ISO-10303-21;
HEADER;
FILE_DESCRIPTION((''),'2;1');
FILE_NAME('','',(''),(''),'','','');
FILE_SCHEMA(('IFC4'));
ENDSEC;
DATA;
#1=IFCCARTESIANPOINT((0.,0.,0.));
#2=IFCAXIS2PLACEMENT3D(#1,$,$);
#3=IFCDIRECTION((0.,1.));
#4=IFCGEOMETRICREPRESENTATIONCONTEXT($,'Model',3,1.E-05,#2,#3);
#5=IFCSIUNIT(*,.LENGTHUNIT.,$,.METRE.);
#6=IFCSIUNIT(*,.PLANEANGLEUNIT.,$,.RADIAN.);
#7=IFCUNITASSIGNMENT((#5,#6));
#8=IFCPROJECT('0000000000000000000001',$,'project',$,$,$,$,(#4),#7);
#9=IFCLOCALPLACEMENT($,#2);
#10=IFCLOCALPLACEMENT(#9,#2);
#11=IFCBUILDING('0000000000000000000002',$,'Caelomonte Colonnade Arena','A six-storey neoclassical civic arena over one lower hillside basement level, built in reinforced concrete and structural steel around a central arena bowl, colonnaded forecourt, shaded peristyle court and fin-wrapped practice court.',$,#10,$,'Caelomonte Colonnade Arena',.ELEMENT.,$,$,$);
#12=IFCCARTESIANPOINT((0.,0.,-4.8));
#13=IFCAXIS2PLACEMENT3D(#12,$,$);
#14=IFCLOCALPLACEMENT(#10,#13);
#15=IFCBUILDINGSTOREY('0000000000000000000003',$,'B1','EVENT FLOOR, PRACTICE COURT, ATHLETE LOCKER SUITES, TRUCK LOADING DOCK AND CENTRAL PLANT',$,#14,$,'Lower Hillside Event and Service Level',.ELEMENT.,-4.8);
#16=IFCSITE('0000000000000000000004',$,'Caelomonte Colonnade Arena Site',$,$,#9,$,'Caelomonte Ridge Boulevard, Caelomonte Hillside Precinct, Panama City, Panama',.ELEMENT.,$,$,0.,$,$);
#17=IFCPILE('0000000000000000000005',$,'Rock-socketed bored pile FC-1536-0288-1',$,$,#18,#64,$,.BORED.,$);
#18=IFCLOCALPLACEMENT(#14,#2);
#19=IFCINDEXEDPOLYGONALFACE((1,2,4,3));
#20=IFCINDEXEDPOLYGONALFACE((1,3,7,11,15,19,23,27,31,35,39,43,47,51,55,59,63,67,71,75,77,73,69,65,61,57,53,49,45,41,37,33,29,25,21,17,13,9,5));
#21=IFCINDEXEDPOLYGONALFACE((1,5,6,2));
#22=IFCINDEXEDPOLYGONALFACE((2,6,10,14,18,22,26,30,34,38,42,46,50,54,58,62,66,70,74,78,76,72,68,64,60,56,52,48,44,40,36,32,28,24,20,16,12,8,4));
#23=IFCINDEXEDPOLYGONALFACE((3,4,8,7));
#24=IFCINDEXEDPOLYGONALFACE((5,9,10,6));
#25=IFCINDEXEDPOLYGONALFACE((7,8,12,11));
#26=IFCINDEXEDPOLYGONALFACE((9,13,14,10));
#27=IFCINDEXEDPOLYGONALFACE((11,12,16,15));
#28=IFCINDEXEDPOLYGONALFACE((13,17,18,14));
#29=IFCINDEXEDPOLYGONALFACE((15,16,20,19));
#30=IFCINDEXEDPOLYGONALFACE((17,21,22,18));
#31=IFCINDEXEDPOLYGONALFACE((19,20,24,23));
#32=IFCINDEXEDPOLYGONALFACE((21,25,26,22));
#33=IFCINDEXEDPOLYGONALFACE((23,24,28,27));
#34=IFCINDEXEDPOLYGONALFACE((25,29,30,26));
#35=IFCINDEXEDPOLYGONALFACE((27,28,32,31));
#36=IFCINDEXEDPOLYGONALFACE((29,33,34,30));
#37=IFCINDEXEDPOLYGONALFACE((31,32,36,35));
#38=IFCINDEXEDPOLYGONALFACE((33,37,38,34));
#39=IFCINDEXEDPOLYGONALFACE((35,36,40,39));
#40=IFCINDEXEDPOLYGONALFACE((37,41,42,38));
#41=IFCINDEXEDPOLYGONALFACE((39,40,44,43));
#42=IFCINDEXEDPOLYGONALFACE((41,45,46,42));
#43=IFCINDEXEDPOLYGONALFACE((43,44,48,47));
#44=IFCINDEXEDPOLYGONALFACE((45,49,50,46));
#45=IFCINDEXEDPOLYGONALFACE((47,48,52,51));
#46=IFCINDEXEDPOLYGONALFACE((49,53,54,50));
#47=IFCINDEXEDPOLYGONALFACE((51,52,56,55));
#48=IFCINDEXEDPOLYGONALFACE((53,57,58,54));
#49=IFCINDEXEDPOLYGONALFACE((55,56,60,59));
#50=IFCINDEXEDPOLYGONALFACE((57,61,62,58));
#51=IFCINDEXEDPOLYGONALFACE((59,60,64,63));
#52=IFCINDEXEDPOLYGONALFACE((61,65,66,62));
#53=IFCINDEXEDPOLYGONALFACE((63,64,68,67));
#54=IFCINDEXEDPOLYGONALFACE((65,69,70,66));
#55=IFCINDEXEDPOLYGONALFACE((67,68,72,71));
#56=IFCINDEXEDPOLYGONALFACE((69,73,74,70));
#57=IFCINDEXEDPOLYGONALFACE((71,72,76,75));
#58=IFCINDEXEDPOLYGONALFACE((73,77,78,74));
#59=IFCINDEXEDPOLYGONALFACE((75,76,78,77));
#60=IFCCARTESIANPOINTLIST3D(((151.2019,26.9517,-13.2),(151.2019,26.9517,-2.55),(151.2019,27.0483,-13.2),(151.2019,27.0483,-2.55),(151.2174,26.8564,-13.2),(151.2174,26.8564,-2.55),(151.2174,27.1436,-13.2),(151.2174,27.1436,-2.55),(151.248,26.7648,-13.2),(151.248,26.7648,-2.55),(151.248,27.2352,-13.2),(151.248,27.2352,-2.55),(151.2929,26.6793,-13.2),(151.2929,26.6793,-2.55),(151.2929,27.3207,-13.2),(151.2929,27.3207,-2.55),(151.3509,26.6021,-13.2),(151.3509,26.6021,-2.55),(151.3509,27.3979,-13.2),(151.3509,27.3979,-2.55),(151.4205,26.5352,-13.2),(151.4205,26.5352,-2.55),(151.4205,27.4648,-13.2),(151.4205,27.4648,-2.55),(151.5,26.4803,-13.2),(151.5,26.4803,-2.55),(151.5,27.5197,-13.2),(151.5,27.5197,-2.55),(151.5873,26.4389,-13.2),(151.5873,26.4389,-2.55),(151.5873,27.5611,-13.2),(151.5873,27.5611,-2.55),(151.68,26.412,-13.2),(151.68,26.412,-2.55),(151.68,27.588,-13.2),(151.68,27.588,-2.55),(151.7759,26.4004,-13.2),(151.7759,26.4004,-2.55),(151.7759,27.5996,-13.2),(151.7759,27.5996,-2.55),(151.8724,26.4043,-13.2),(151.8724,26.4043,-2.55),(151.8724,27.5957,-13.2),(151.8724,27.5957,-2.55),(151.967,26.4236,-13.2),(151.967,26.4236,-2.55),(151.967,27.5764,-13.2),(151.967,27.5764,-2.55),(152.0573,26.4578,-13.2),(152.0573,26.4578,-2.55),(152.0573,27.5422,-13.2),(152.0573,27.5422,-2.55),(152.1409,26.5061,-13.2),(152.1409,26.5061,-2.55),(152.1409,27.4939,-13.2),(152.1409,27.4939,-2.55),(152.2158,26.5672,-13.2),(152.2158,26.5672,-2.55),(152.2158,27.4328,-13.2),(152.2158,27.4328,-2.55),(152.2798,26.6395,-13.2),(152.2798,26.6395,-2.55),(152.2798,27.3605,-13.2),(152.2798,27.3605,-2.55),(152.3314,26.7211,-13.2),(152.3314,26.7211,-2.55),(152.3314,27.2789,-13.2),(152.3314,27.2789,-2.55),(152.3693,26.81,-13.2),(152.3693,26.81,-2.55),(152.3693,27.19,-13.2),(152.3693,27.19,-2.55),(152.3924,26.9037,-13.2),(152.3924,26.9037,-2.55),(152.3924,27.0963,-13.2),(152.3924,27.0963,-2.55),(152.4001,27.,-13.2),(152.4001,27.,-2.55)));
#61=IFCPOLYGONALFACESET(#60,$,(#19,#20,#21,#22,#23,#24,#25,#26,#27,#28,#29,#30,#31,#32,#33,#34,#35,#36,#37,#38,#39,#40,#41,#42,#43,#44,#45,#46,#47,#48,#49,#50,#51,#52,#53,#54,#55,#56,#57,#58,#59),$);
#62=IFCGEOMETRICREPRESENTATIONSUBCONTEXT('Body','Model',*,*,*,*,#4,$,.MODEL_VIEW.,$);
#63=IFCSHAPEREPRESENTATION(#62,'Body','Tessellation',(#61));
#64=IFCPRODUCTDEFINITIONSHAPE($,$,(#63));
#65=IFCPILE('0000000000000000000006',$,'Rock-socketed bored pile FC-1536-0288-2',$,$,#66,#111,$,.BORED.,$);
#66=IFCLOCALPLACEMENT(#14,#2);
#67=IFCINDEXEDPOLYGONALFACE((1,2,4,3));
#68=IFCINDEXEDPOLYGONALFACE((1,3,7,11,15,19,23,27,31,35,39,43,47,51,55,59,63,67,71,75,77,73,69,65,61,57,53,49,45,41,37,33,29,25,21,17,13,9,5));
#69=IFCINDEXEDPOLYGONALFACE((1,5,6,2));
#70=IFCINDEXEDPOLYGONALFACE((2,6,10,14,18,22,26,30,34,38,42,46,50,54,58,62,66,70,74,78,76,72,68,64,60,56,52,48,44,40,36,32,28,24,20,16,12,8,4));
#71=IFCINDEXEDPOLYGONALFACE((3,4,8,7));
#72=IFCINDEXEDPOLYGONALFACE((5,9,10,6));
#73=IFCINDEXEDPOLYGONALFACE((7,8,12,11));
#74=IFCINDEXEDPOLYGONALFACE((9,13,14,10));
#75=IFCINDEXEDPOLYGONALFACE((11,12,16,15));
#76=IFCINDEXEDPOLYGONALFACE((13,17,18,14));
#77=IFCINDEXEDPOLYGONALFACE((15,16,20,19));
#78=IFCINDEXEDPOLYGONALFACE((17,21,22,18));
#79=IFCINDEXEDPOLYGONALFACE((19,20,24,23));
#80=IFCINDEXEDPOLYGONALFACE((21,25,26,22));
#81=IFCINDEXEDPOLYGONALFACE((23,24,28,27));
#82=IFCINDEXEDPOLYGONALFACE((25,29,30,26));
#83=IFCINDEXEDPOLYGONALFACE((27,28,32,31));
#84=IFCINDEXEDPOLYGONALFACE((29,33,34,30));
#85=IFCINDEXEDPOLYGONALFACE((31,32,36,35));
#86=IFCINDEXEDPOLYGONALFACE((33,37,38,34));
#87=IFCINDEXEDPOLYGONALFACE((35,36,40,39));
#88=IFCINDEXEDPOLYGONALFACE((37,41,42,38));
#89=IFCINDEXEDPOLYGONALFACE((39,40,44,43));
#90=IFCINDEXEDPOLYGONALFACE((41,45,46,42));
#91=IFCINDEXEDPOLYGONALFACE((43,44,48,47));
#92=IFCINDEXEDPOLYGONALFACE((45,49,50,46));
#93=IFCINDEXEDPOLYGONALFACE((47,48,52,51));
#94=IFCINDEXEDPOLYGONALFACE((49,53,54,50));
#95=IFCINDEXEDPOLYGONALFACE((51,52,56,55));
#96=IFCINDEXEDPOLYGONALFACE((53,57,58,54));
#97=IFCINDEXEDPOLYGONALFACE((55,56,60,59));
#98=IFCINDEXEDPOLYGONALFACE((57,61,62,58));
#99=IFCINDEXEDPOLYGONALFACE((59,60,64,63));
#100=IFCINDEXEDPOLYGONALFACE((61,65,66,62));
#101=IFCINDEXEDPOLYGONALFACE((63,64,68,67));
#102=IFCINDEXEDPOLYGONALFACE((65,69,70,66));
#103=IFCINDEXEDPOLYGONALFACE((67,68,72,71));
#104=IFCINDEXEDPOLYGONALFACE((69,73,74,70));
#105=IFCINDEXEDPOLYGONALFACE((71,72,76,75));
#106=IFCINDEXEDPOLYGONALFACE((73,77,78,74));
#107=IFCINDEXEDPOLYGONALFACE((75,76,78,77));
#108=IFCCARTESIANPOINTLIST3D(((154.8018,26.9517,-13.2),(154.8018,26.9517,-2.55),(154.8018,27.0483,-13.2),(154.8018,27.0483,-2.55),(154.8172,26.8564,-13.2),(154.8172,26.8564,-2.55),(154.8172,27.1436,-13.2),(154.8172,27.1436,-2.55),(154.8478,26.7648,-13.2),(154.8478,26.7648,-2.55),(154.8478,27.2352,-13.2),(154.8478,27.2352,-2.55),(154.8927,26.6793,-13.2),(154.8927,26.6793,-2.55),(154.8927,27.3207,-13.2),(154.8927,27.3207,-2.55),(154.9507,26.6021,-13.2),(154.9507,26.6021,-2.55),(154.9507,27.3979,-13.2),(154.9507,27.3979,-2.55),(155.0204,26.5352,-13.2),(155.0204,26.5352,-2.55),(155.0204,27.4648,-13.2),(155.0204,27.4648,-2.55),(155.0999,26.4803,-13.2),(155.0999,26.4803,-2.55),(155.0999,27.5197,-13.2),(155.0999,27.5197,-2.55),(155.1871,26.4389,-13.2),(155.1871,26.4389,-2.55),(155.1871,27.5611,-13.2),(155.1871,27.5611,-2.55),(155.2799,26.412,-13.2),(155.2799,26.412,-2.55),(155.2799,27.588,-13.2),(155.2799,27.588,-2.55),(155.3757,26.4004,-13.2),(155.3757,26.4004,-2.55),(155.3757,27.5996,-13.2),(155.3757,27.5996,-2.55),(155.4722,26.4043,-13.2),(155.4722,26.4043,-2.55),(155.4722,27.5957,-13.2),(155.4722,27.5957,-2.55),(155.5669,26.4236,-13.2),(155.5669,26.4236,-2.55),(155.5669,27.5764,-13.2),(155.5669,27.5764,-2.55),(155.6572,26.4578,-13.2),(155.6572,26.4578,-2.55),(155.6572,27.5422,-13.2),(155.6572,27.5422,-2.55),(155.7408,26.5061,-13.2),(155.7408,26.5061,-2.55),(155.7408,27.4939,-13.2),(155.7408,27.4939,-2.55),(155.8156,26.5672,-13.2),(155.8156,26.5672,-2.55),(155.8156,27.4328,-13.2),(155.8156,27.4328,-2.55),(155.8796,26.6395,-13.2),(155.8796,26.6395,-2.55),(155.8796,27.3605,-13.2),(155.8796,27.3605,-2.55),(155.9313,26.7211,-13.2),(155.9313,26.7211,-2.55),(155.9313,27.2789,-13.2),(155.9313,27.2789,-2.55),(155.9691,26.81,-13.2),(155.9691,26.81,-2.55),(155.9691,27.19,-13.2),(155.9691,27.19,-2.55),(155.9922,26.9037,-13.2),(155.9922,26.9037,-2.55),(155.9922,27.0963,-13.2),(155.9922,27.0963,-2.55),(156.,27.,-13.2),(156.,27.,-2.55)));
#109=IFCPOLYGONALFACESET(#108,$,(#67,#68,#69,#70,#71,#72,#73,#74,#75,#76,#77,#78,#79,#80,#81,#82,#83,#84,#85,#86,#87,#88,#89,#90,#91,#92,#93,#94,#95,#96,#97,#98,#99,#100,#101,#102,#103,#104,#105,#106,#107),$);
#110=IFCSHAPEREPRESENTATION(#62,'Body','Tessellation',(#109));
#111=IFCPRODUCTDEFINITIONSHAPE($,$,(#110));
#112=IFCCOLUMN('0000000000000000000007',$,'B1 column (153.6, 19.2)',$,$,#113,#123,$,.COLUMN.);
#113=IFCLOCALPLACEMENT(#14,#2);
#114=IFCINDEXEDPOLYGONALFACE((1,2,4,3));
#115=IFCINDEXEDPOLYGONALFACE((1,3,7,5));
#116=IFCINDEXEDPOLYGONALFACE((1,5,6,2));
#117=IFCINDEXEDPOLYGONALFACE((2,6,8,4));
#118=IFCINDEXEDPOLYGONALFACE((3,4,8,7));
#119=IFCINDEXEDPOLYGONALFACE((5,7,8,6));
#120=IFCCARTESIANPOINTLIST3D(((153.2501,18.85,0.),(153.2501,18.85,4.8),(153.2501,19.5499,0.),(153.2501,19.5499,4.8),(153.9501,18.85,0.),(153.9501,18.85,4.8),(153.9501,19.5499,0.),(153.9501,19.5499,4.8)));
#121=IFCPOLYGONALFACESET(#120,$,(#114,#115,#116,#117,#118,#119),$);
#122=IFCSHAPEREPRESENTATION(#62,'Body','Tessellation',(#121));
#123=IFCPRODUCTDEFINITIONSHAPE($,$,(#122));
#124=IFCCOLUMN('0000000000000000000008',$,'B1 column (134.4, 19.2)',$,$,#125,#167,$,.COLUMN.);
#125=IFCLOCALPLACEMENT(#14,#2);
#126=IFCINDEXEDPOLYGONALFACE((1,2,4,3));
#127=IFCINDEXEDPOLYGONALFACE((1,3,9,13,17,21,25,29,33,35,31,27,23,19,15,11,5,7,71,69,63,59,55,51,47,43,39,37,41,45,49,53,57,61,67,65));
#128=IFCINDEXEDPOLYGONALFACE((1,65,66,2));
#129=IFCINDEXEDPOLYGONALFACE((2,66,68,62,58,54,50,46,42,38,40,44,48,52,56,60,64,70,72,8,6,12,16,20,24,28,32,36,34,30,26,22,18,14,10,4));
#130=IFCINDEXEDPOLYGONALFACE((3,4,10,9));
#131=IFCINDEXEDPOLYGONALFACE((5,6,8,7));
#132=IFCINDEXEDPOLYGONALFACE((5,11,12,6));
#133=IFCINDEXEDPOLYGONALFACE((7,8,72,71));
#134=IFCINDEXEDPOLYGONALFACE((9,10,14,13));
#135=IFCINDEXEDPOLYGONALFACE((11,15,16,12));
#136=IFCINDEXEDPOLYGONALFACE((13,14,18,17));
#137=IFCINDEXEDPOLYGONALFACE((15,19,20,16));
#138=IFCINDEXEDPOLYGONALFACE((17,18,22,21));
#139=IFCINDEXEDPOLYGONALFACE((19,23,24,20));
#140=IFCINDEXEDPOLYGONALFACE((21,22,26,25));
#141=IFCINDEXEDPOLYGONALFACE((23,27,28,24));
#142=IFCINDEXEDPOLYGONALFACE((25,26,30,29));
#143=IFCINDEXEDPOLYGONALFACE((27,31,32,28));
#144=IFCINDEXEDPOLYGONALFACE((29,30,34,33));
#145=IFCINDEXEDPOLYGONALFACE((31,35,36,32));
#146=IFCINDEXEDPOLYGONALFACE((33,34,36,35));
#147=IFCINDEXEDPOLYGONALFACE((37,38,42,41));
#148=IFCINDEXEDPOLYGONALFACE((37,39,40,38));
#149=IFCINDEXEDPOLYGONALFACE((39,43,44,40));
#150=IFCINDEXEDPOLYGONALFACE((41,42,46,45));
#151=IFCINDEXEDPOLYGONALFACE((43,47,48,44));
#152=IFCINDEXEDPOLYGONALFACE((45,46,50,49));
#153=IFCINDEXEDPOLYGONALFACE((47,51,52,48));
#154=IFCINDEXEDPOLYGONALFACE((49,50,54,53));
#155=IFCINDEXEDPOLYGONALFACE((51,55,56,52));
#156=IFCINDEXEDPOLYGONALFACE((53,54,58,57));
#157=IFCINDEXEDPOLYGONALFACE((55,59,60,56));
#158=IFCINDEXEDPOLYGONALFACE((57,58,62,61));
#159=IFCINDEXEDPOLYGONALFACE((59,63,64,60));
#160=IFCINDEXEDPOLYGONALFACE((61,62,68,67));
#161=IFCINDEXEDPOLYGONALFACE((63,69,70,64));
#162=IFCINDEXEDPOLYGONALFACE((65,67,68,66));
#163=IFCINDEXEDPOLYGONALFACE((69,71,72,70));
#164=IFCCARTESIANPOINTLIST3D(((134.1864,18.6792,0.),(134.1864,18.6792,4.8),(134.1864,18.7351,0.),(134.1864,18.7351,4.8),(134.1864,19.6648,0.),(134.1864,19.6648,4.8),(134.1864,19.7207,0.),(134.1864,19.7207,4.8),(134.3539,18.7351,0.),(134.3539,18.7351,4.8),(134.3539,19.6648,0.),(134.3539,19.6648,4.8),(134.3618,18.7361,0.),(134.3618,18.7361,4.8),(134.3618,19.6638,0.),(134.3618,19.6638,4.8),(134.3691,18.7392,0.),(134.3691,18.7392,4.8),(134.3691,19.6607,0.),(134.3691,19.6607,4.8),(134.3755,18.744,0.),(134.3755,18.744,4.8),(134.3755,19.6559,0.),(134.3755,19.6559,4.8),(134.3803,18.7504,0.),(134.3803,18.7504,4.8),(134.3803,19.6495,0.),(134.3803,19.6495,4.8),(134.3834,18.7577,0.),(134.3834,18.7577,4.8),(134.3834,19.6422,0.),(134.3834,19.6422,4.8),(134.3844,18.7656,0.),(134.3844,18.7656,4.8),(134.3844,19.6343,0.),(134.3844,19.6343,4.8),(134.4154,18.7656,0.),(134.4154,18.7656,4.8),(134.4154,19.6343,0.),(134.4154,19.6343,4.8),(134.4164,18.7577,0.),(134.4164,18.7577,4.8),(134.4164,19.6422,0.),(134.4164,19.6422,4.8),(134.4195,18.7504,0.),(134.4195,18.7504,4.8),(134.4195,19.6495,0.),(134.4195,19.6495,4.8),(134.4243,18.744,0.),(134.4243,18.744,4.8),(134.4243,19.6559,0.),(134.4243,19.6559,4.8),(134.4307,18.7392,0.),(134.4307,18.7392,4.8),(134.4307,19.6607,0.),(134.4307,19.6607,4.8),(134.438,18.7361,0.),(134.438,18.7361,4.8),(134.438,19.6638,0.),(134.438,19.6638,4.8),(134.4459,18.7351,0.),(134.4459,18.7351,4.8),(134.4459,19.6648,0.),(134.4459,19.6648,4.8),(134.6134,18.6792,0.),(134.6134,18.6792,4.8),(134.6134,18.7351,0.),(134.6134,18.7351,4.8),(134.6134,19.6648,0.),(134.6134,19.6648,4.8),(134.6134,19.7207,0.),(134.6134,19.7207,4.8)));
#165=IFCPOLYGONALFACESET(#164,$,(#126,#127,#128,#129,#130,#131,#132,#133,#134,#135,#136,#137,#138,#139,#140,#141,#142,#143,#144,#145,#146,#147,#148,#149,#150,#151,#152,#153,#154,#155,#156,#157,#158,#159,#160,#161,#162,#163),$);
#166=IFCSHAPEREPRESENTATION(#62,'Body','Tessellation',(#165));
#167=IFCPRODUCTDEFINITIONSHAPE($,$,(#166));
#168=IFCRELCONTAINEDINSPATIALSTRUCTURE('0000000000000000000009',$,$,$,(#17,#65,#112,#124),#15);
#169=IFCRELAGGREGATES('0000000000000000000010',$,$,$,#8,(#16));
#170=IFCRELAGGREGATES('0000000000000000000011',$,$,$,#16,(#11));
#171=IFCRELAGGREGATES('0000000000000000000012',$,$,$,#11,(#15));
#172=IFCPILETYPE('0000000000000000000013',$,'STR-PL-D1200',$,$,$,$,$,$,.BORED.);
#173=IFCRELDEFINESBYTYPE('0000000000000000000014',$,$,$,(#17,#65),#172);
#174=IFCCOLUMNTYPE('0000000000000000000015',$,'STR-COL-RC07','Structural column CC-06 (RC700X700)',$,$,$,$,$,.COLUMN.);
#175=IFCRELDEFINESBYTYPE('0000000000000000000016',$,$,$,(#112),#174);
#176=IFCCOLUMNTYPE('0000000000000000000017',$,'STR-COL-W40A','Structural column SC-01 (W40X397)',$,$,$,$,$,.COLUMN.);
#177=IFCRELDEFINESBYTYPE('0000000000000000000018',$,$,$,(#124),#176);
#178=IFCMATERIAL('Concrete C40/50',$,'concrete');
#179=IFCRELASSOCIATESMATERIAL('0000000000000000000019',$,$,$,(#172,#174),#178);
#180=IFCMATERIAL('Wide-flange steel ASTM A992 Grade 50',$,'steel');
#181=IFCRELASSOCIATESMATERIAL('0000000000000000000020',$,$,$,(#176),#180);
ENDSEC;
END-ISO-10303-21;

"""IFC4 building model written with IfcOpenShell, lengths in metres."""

from ifc_helpers import new_model, si_unit, direction, frame, origin, origin_2d, place, context, subcontext, project, spatial, rectangle, circle, i_section, extrude, material, material_profile, profile_set, type_object, element, save


model = new_model("IFC4")

# Units and contexts
model_context = context("Model", 3, precision=1e-05, world=origin(), true_north=direction((0.0, 1.0)))
body_context = subcontext(model_context, "Body", "Model", "MODEL_VIEW")
ifc_project = project(units=[si_unit("LENGTHUNIT", "METRE"), si_unit("PLANEANGLEUNIT", "RADIAN")], contexts=[model_context])

# Site, building, storey
site_placement = place(None, origin())
site = spatial("IfcSite", under=ifc_project, at=site_placement, Name="Caelomonte Colonnade Arena Site", LongName="Caelomonte Ridge Boulevard, Caelomonte Hillside Precinct, Panama City, Panama", CompositionType="ELEMENT", RefElevation=0.0)
building_placement = place(site_placement, origin())
building = spatial("IfcBuilding", under=site, at=building_placement, Name="Caelomonte Colonnade Arena", Description="A six-storey neoclassical civic arena over one lower hillside basement level, built in reinforced concrete and structural steel around a central arena bowl, colonnaded forecourt, shaded peristyle court and fin-wrapped practice court.", LongName="Caelomonte Colonnade Arena", CompositionType="ELEMENT")
storey_placement = place(building_placement, frame((0.0, 0.0, -4.8)))
storey = spatial("IfcBuildingStorey", under=building, at=storey_placement, Name="B1", Description="EVENT FLOOR, PRACTICE COURT, ATHLETE LOCKER SUITES, TRUCK LOADING DOCK AND CENTRAL PLANT", LongName="Lower Hillside Event and Service Level", CompositionType="ELEMENT", Elevation=-4.8)

# Shared definitions
ifc_material_1 = material(Name="Concrete C40/50", Category="concrete")

# Piles
ifc_material_profile_1 = material_profile(ifc_material_1, circle(Radius=0.6001, at=origin_2d()), Name="PILE-D1200")
ifc_profile_set_1 = profile_set([ifc_material_profile_1], Name="Concrete C40/50")
pile_type_1 = type_object("IfcPileType", Name="STR-PL-D1200", PredefinedType="BORED", material=ifc_profile_set_1)
for number, where, z_axis, x_axis, name in (
    (1, (151.8, 27.0, -2.55), (0.0, 0.0, -1.0), (1.0, 0.0, 0.0), "Rock-socketed bored pile FC-1536-0288-1"),
    (2, (155.3999, 27.0, -2.55), (0.0, 0.0, -1.0), (1.0, 0.0, 0.0), "Rock-socketed bored pile FC-1536-0288-2"),
):
    element("IfcPile", number, at=place(storey_placement, frame(where, z_axis=z_axis, x_axis=x_axis)), inside=storey, type_object=pile_type_1, Name=name, PredefinedType="BORED", context=body_context, shape_type="SweptSolid", body=[
        extrude(circle(Radius=0.6001, at=origin_2d()), origin(), (0.0, 0.0, 1.0), 10.6499),
    ])

# Columns
ifc_material_profile_2 = material_profile(ifc_material_1, rectangle(XDim=0.7, YDim=0.7, at=origin_2d()), Name="RC700X700")
ifc_profile_set_2 = profile_set([ifc_material_profile_2], Name="Concrete C40/50")
column_type_1 = type_object("IfcColumnType", Name="STR-COL-RC07", Description="Structural column CC-06 (RC700X700)", PredefinedType="COLUMN", material=ifc_profile_set_2)
column_placement = place(storey_placement, frame((153.6001, 19.2, 0.0), z_axis=(0.0, 0.0, 1.0), x_axis=(1.0, 0.0, 0.0)))
element("IfcColumn", 3, at=column_placement, inside=storey, type_object=column_type_1, Name="B1 column (153.6, 19.2)", PredefinedType="COLUMN", context=body_context, shape_type="SweptSolid", body=[
    extrude(rectangle(XDim=0.7, YDim=0.7, at=origin_2d()), origin(), (0.0, 0.0, 1.0), 4.8),
])
ifc_material_2 = material(Name="Wide-flange steel ASTM A992 Grade 50", Category="steel")
ifc_material_profile_3 = material_profile(ifc_material_2, i_section(OverallWidth=0.427, OverallDepth=1.0415, WebThickness=0.031, FlangeThickness=0.0559, FilletRadius=0.0305, at=origin_2d()), Name="W40X397")
ifc_profile_set_3 = profile_set([ifc_material_profile_3], Name="Wide-flange steel ASTM A992 Grade 50")
column_type_2 = type_object("IfcColumnType", Name="STR-COL-W40A", Description="Structural column SC-01 (W40X397)", PredefinedType="COLUMN", material=ifc_profile_set_3)
for number, where, z_axis, x_axis, name in (
    (4, (134.3999, 19.2, 0.0), (0.0, 0.0, 1.0), (1.0, 0.0, 0.0), "B1 column (134.4, 19.2)"),
):
    element("IfcColumn", number, at=place(storey_placement, frame(where, z_axis=z_axis, x_axis=x_axis)), inside=storey, type_object=column_type_2, Name=name, PredefinedType="COLUMN", context=body_context, shape_type="SweptSolid", body=[
        extrude(i_section(OverallWidth=0.427, OverallDepth=1.0415, WebThickness=0.031, FlangeThickness=0.0559, FilletRadius=0.0305, at=origin_2d()), origin(), (0.0, 0.0, 1.0), 4.8),
    ])

save(model, "model.ifc")
